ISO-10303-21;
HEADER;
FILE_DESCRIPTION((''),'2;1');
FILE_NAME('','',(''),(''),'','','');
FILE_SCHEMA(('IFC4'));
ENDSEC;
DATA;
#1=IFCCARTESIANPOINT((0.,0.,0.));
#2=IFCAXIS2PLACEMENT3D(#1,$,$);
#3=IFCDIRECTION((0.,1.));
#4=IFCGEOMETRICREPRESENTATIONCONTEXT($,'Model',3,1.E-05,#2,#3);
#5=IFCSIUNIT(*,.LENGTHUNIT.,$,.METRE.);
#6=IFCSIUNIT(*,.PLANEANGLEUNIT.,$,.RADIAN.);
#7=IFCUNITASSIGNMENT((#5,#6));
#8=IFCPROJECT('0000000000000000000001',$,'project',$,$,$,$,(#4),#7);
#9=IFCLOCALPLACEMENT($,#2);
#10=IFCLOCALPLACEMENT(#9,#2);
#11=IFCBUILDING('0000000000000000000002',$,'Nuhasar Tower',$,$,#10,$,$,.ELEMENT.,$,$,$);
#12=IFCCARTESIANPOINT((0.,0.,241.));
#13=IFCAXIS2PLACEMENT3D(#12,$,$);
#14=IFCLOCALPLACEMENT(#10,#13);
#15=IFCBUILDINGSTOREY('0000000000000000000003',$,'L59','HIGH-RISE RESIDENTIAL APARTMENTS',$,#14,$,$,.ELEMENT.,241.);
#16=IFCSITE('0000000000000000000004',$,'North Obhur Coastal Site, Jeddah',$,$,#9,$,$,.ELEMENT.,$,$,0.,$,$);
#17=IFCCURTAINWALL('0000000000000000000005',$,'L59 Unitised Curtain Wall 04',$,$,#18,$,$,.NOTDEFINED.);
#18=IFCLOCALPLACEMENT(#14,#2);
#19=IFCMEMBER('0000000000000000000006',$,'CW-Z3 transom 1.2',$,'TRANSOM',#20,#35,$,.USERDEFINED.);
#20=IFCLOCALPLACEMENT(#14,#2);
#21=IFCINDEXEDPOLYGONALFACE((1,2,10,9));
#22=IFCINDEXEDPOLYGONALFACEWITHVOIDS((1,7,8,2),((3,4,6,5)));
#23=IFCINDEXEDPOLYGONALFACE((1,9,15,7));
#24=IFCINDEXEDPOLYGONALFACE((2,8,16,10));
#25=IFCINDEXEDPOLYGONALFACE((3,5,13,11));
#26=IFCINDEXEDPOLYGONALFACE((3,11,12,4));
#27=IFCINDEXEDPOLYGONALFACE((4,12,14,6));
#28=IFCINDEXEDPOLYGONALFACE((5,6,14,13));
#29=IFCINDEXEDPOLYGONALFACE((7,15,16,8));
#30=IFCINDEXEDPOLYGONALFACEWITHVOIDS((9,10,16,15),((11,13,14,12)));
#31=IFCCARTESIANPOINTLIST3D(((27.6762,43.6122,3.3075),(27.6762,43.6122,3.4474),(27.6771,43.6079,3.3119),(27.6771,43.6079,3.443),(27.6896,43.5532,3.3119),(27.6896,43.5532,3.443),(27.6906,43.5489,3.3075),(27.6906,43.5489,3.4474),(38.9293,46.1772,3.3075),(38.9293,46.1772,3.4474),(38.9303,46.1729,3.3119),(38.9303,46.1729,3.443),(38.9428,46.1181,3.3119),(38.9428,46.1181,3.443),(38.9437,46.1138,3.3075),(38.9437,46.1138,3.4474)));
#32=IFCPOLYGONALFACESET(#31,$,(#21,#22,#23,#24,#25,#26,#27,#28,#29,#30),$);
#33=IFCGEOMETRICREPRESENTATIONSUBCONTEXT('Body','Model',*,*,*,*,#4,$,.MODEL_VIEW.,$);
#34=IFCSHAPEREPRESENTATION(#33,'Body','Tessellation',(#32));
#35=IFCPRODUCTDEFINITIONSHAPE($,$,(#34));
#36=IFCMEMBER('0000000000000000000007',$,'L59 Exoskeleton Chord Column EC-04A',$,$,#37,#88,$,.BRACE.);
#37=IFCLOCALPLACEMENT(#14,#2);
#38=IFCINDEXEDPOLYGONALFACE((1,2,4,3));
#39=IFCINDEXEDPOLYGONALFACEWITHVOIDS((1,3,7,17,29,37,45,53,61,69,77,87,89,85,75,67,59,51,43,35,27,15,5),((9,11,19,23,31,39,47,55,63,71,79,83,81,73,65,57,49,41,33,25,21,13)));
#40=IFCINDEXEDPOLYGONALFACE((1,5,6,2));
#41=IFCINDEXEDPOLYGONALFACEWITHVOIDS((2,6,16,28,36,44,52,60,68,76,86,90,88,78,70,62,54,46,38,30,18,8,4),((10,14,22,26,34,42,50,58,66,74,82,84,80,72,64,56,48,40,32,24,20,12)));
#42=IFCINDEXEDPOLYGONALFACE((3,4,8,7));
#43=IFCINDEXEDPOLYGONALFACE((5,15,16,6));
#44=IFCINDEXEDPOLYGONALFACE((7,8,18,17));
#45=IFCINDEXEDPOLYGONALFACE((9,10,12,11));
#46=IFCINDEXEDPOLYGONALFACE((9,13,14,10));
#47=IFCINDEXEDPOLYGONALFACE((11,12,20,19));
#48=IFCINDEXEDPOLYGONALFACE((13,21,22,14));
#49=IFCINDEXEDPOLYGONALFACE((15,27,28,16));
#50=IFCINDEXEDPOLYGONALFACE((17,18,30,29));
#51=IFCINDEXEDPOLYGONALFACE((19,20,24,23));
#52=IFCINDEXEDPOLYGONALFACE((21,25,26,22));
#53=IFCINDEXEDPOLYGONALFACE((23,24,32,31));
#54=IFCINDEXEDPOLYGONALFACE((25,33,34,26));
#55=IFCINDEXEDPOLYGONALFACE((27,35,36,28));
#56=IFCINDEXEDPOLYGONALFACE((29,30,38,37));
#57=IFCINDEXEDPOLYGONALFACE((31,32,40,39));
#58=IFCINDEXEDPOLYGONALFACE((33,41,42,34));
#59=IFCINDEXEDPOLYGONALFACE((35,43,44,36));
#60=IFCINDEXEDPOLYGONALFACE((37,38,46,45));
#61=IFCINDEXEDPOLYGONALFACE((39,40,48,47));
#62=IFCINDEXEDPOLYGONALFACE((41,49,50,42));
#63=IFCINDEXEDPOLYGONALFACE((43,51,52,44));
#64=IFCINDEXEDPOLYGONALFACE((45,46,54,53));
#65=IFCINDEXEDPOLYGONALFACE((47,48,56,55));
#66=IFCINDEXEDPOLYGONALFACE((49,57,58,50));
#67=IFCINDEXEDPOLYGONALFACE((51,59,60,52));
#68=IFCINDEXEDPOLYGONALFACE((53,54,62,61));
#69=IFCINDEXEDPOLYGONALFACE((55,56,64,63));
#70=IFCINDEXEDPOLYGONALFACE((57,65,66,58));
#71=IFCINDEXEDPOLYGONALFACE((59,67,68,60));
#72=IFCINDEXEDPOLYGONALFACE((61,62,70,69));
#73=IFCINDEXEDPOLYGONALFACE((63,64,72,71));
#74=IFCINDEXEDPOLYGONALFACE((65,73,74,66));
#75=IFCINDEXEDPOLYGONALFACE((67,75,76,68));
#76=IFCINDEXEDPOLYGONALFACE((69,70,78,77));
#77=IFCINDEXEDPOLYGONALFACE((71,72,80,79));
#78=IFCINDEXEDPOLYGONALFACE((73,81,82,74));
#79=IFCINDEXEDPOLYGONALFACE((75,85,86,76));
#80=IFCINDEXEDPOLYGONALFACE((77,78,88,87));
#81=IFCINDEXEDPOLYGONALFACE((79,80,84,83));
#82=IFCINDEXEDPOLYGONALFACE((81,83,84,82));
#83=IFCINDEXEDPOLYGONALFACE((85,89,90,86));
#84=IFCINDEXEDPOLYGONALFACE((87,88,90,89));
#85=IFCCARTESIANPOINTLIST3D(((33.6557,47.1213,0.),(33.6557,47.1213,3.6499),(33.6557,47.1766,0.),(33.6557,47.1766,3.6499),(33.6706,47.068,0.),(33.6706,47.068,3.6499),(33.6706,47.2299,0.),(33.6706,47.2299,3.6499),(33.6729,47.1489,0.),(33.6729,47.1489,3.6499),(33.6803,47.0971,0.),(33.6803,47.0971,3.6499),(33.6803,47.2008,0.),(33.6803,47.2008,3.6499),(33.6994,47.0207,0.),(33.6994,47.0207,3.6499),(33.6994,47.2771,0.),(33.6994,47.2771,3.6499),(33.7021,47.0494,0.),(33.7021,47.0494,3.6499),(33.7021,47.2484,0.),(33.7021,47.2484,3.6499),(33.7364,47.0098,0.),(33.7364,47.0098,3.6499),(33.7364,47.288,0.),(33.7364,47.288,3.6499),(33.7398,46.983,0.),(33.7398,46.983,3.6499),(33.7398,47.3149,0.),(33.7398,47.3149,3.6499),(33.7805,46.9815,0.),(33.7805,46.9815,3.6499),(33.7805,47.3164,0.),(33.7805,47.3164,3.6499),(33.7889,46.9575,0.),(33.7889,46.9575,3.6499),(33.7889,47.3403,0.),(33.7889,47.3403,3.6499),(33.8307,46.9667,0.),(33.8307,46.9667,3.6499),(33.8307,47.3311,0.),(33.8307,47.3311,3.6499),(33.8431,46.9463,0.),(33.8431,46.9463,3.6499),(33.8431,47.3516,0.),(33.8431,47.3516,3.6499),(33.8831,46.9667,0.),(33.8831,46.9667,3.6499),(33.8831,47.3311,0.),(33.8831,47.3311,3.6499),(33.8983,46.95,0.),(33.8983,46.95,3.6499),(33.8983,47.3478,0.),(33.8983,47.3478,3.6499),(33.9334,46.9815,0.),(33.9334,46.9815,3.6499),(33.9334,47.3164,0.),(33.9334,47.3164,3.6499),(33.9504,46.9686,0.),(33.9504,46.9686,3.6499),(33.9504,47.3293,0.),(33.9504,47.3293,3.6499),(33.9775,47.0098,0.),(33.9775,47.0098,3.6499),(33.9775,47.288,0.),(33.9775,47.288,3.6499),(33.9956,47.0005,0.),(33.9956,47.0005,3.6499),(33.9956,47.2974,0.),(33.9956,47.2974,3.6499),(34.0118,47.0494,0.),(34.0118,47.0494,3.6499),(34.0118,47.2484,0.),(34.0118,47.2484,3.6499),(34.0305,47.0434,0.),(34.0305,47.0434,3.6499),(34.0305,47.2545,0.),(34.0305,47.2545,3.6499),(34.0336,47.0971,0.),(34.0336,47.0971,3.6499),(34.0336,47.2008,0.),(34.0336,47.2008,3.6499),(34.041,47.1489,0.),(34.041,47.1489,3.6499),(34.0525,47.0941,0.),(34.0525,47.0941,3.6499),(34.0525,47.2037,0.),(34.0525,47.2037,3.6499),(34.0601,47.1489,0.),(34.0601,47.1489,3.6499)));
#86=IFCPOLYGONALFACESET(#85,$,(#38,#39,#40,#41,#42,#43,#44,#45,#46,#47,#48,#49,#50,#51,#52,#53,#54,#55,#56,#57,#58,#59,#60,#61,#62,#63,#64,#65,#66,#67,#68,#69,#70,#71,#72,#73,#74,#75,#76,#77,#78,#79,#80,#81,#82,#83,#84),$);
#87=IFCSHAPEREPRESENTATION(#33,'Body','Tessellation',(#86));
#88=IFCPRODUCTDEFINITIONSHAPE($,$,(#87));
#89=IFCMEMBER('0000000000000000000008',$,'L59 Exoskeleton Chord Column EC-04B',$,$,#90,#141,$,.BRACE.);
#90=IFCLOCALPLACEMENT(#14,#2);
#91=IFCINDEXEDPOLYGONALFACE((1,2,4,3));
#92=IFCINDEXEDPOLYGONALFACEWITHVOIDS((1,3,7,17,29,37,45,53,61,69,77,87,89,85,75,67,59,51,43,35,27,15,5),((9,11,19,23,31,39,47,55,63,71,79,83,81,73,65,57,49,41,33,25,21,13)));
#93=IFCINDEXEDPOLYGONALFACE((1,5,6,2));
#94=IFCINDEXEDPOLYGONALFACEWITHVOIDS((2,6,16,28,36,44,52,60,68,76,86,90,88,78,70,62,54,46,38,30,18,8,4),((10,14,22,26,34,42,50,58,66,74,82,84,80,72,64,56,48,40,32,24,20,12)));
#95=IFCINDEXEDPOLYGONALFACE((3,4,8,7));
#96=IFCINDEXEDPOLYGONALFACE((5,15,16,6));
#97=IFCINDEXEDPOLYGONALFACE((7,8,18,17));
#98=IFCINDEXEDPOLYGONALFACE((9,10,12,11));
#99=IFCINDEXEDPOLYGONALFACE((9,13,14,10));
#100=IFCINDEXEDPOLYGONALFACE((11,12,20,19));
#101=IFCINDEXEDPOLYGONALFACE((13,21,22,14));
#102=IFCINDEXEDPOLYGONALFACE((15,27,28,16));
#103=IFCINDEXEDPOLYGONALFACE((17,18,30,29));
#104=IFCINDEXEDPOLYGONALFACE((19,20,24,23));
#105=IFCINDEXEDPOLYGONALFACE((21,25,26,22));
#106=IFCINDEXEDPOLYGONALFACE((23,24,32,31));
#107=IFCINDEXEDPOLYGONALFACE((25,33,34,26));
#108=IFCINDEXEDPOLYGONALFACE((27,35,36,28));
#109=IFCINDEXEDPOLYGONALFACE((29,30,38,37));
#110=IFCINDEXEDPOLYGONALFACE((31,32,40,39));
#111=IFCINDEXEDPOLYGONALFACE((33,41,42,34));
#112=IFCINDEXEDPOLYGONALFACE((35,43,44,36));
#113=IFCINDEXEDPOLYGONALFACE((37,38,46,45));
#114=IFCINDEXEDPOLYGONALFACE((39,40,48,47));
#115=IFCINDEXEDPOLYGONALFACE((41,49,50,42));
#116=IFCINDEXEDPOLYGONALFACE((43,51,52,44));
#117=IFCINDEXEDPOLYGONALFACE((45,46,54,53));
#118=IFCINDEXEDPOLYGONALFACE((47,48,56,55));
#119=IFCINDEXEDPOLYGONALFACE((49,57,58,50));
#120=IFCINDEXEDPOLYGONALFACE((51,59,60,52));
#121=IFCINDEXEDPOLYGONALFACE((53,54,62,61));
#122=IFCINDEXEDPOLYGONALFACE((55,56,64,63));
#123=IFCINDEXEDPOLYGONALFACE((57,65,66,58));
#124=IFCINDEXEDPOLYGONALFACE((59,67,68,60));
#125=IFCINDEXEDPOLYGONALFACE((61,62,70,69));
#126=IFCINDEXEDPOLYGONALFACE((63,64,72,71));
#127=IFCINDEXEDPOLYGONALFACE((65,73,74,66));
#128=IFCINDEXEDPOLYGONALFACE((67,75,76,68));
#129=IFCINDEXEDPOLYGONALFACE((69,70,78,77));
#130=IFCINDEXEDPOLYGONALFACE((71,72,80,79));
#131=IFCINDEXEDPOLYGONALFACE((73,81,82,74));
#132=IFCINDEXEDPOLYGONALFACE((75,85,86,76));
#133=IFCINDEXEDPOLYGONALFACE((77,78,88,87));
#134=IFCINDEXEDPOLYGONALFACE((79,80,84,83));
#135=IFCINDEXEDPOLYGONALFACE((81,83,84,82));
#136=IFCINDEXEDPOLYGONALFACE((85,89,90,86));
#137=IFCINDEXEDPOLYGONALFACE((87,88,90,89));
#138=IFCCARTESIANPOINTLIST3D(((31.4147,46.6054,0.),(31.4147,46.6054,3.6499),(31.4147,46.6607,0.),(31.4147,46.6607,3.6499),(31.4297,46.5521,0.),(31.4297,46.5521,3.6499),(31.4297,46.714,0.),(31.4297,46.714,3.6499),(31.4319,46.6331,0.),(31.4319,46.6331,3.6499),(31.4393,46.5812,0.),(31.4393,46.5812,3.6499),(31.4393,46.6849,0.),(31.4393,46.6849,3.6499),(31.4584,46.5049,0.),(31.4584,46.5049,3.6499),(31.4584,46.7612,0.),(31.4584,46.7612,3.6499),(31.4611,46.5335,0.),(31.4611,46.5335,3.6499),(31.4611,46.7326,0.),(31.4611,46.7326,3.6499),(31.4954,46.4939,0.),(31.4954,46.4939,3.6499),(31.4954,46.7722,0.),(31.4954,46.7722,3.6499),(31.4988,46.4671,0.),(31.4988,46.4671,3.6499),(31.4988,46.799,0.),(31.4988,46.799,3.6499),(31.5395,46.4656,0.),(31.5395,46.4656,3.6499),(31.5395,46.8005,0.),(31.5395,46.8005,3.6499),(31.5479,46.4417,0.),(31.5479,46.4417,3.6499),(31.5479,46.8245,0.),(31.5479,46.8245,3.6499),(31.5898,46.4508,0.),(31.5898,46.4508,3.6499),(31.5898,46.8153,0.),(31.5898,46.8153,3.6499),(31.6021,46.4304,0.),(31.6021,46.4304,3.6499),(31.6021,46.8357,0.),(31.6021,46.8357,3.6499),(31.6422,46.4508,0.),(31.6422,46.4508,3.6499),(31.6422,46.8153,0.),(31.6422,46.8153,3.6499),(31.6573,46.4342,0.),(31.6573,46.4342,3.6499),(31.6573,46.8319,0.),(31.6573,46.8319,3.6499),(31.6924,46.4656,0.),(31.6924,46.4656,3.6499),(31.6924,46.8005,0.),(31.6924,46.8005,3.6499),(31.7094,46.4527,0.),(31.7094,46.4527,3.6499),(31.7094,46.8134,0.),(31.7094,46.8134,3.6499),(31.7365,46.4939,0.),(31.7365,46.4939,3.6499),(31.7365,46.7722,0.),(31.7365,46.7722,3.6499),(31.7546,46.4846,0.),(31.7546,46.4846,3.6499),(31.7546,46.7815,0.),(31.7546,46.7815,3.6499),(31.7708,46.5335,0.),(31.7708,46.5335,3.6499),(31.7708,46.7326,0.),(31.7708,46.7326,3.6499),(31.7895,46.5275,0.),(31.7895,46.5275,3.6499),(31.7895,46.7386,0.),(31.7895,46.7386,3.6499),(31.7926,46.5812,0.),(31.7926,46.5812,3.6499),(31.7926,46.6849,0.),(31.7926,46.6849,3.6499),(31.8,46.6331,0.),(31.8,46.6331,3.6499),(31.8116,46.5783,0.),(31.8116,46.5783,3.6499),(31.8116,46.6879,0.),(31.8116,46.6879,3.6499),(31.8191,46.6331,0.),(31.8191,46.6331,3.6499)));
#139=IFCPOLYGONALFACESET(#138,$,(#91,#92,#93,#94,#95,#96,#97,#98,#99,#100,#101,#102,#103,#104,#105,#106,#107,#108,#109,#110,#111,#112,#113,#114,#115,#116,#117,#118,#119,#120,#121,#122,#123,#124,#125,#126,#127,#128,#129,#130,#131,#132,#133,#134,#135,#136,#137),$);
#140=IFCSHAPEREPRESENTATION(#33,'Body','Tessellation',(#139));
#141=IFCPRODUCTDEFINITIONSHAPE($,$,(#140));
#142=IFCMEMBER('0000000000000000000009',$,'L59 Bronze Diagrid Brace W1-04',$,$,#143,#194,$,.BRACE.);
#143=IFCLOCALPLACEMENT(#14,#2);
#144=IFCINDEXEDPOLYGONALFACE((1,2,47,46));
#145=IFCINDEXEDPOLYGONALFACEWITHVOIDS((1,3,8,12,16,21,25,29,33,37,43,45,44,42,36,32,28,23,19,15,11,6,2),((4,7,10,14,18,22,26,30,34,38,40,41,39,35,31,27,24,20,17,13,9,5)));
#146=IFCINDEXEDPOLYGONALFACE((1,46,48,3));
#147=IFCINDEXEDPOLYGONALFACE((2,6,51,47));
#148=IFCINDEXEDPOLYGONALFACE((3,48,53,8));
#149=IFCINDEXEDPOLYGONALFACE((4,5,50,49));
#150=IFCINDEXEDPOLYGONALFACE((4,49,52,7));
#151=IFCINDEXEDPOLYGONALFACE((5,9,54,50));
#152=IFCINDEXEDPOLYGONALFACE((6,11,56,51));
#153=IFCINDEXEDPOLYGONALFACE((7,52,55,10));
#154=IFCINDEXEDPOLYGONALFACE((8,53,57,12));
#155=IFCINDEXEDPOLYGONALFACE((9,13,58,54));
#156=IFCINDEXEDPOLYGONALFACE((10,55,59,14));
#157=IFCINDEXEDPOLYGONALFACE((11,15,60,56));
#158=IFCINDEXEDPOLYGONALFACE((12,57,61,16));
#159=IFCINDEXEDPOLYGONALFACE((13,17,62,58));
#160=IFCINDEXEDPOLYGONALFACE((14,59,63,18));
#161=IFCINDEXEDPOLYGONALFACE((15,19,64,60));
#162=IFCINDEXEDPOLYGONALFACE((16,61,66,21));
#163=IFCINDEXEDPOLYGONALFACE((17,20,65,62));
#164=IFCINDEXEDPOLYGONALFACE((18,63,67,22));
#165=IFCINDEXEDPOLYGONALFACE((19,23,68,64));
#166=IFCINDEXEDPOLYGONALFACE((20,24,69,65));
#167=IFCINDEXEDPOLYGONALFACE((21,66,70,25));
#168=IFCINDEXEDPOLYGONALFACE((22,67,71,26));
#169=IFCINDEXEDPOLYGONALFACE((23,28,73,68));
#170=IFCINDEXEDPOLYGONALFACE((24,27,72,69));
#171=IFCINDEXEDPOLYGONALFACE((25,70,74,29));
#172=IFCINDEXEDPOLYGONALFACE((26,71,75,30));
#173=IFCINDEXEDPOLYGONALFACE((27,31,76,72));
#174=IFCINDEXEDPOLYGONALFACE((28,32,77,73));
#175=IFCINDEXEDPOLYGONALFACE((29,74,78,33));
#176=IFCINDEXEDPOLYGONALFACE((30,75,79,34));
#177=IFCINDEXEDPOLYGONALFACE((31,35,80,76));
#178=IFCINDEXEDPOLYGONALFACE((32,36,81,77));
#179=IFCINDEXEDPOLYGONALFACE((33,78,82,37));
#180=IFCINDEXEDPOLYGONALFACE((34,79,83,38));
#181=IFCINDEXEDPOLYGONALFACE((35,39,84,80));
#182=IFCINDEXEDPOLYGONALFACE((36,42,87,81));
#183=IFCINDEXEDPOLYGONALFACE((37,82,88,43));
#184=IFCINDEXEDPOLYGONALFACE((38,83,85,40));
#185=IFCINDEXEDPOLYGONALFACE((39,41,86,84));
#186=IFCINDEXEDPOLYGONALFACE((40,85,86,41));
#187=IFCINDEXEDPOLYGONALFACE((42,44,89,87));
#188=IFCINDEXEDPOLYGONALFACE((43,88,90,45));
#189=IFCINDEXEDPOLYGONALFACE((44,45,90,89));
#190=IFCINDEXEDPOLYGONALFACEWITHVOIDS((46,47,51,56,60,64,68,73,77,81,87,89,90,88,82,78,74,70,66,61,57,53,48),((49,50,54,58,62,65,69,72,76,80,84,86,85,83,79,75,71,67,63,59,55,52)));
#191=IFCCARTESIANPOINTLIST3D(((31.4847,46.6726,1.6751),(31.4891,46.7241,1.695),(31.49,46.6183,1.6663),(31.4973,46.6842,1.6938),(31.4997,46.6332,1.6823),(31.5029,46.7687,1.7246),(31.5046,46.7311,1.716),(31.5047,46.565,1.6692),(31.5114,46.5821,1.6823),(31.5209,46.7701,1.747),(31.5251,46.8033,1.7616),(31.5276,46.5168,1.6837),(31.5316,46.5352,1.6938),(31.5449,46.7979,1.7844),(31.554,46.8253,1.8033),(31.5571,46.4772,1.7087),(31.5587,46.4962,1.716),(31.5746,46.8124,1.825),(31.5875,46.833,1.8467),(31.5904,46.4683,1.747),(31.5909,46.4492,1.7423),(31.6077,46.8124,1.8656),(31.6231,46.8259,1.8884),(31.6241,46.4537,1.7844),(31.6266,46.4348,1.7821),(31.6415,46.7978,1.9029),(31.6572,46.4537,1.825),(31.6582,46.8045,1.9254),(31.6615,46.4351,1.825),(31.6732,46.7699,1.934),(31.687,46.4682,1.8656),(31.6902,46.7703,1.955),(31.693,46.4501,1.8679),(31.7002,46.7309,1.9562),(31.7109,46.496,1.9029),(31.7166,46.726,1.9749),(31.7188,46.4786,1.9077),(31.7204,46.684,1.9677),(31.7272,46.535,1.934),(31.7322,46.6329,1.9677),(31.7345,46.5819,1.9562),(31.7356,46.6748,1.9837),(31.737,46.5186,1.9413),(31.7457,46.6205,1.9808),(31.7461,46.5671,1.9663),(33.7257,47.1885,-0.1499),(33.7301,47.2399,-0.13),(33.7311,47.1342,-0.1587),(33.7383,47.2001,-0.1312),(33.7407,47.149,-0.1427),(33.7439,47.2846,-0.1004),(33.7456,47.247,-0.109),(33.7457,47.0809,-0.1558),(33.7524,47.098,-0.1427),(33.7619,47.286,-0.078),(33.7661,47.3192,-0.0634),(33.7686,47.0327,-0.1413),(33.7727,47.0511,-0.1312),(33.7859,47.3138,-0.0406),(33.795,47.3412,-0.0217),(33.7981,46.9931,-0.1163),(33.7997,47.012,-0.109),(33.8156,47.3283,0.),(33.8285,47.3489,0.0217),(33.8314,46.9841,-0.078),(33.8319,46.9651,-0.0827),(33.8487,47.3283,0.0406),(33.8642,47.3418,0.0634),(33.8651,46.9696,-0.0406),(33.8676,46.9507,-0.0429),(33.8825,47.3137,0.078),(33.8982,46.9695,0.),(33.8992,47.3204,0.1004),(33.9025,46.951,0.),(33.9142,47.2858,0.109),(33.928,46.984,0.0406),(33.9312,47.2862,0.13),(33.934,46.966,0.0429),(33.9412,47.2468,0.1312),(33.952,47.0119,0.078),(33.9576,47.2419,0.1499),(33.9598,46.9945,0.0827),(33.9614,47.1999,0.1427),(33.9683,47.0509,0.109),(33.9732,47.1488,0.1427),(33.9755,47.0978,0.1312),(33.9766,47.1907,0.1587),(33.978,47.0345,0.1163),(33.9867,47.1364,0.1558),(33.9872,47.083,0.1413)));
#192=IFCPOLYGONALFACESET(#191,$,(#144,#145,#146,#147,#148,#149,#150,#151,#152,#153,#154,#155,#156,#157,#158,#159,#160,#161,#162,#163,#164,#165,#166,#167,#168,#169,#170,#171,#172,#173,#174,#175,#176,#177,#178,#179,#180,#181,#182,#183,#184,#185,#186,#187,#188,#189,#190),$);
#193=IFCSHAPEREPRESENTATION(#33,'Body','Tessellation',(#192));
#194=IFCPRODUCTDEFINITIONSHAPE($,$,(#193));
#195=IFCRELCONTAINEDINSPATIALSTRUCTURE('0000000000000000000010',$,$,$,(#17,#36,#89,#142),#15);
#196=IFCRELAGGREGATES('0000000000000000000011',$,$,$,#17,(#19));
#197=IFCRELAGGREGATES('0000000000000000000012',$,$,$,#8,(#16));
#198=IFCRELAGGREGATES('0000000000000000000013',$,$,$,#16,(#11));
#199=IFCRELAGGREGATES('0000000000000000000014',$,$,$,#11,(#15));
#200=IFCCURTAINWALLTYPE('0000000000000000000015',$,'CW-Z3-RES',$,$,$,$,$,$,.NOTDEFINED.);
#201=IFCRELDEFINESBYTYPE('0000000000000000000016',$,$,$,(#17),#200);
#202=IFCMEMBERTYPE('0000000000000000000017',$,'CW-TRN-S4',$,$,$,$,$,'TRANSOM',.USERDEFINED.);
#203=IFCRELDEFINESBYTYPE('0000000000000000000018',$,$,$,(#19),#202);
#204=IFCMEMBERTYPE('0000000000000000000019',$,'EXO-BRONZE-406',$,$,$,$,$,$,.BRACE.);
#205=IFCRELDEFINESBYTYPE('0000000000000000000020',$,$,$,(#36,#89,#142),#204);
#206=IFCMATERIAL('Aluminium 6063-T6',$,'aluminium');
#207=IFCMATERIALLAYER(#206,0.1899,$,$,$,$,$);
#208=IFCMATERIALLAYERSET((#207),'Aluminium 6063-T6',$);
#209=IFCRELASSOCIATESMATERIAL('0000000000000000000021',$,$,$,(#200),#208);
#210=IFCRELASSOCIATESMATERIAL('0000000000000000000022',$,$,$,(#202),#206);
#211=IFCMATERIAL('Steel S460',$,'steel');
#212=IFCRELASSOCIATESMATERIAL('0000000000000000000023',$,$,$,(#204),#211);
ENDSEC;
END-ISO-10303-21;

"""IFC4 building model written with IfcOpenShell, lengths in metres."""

from ifc_helpers import new_model, si_unit, direction, frame, origin, origin_2d, place, context, subcontext, project, spatial, hollow_rectangle, hollow_circle, extrude, material, layer, layer_set, material_profile, profile_set, type_object, element, aggregate, save


model = new_model("IFC4")

# Units and contexts
model_context = context("Model", 3, precision=1e-05, world=origin(), true_north=direction((0.0, 1.0)))
body_context = subcontext(model_context, "Body", "Model", "MODEL_VIEW")
ifc_project = project(units=[si_unit("LENGTHUNIT", "METRE"), si_unit("PLANEANGLEUNIT", "RADIAN")], contexts=[model_context])

# Site, building, storey
site_placement = place(None, origin())
site = spatial("IfcSite", under=ifc_project, at=site_placement, Name="North Obhur Coastal Site, Jeddah", CompositionType="ELEMENT", RefElevation=0.0)
building_placement = place(site_placement, origin())
building = spatial("IfcBuilding", under=site, at=building_placement, Name="Nuhasar Tower", CompositionType="ELEMENT")
storey_placement = place(building_placement, frame((0.0, 0.0, 241.0)))
storey = spatial("IfcBuildingStorey", under=building, at=storey_placement, Name="L59", Description="HIGH-RISE RESIDENTIAL APARTMENTS", CompositionType="ELEMENT", Elevation=241.0)

# Curtain wall, member
ifc_material_1 = material(Name="Aluminium 6063-T6", Category="aluminium")
ifc_layer_1 = layer(ifc_material_1, 0.1899)
ifc_layer_set_1 = layer_set([ifc_layer_1], Name="Aluminium 6063-T6")
curtain_wall_type = type_object("IfcCurtainWallType", Name="CW-Z3-RES", PredefinedType="NOTDEFINED", material=ifc_layer_set_1)
curtain_wall_placement = place(storey_placement, origin())
curtain_wall = element("IfcCurtainWall", 1, at=curtain_wall_placement, inside=storey, type_object=curtain_wall_type, Name="L59 Unitised Curtain Wall 04", PredefinedType="NOTDEFINED")
ifc_material_profile_1 = material_profile(ifc_material_1, hollow_rectangle(XDim=0.0649, YDim=0.1399, WallThickness=0.0044, at=origin_2d()), Name="CWT-4")
ifc_profile_set_1 = profile_set([ifc_material_profile_1], Name="Aluminium 6063-T6")
member_type_1 = type_object("IfcMemberType", Name="CW-TRN-S4", ElementType="TRANSOM", PredefinedType="USERDEFINED", material=ifc_profile_set_1)
member_1_placement = place(storey_placement, frame((38.9365, 46.1455, 3.3774), z_axis=(-0.974994, -0.222231, 0.0), x_axis=(0.222231, -0.974994, 0.0)))
member_1 = element("IfcMember", 2, at=member_1_placement, type_object=member_type_1, Name="CW-Z3 transom 1.2", ObjectType="TRANSOM", PredefinedType="USERDEFINED", context=body_context, shape_type="SweptSolid", body=[
    extrude(hollow_rectangle(XDim=0.0649, YDim=0.1399, WallThickness=0.0044, at=origin_2d()), origin(), (0.0, 0.0, 1.0), 11.5417),
])

# Members
ifc_material_2 = material(Name="Steel S460", Category="steel")
ifc_material_profile_2 = material_profile(ifc_material_2, hollow_circle(Radius=0.2031, WallThickness=0.019, at=origin_2d()), Name="HSS406.4X19.1")
ifc_profile_set_2 = profile_set([ifc_material_profile_2], Name="Steel S460")
member_type_2 = type_object("IfcMemberType", Name="EXO-BRONZE-406", PredefinedType="BRACE", material=ifc_profile_set_2)
for number, where, z_axis, x_axis, name in (
    (3, (33.8569, 47.1489, 0.0), (0.0, 0.0, 1.0), (1.0, 0.0, 0.0), "L59 Exoskeleton Chord Column EC-04A"),
    (4, (31.616, 46.6331, 0.0), (0.0, 0.0, 1.0), (1.0, 0.0, 0.0), "L59 Exoskeleton Chord Column EC-04B"),
):
    element("IfcMember", number, at=place(storey_placement, frame(where, z_axis=z_axis, x_axis=x_axis)), inside=storey, type_object=member_type_2, Name=name, PredefinedType="BRACE", context=body_context, shape_type="SweptSolid", body=[
        extrude(hollow_circle(Radius=0.2031, WallThickness=0.019, at=origin_2d()), origin(), (0.0, 0.0, 1.0), 3.6499),
    ])
for number, where, z_axis, x_axis, name in (
    (5, (33.8569, 47.1489, 0.0), (-0.763343, -0.175721, 0.621635), (0.224332, -0.974513, 0.0), "L59 Bronze Diagrid Brace W1-04"),
):
    element("IfcMember", number, at=place(storey_placement, frame(where, z_axis=z_axis, x_axis=x_axis)), inside=storey, type_object=member_type_2, Name=name, PredefinedType="BRACE", context=body_context, shape_type="SweptSolid", body=[
        extrude(hollow_circle(Radius=0.2031, WallThickness=0.019, at=origin_2d()), origin(), (0.0, 0.0, 1.0), 2.9358),
    ])

aggregate(curtain_wall, [member_1])

save(model, "model.ifc")
